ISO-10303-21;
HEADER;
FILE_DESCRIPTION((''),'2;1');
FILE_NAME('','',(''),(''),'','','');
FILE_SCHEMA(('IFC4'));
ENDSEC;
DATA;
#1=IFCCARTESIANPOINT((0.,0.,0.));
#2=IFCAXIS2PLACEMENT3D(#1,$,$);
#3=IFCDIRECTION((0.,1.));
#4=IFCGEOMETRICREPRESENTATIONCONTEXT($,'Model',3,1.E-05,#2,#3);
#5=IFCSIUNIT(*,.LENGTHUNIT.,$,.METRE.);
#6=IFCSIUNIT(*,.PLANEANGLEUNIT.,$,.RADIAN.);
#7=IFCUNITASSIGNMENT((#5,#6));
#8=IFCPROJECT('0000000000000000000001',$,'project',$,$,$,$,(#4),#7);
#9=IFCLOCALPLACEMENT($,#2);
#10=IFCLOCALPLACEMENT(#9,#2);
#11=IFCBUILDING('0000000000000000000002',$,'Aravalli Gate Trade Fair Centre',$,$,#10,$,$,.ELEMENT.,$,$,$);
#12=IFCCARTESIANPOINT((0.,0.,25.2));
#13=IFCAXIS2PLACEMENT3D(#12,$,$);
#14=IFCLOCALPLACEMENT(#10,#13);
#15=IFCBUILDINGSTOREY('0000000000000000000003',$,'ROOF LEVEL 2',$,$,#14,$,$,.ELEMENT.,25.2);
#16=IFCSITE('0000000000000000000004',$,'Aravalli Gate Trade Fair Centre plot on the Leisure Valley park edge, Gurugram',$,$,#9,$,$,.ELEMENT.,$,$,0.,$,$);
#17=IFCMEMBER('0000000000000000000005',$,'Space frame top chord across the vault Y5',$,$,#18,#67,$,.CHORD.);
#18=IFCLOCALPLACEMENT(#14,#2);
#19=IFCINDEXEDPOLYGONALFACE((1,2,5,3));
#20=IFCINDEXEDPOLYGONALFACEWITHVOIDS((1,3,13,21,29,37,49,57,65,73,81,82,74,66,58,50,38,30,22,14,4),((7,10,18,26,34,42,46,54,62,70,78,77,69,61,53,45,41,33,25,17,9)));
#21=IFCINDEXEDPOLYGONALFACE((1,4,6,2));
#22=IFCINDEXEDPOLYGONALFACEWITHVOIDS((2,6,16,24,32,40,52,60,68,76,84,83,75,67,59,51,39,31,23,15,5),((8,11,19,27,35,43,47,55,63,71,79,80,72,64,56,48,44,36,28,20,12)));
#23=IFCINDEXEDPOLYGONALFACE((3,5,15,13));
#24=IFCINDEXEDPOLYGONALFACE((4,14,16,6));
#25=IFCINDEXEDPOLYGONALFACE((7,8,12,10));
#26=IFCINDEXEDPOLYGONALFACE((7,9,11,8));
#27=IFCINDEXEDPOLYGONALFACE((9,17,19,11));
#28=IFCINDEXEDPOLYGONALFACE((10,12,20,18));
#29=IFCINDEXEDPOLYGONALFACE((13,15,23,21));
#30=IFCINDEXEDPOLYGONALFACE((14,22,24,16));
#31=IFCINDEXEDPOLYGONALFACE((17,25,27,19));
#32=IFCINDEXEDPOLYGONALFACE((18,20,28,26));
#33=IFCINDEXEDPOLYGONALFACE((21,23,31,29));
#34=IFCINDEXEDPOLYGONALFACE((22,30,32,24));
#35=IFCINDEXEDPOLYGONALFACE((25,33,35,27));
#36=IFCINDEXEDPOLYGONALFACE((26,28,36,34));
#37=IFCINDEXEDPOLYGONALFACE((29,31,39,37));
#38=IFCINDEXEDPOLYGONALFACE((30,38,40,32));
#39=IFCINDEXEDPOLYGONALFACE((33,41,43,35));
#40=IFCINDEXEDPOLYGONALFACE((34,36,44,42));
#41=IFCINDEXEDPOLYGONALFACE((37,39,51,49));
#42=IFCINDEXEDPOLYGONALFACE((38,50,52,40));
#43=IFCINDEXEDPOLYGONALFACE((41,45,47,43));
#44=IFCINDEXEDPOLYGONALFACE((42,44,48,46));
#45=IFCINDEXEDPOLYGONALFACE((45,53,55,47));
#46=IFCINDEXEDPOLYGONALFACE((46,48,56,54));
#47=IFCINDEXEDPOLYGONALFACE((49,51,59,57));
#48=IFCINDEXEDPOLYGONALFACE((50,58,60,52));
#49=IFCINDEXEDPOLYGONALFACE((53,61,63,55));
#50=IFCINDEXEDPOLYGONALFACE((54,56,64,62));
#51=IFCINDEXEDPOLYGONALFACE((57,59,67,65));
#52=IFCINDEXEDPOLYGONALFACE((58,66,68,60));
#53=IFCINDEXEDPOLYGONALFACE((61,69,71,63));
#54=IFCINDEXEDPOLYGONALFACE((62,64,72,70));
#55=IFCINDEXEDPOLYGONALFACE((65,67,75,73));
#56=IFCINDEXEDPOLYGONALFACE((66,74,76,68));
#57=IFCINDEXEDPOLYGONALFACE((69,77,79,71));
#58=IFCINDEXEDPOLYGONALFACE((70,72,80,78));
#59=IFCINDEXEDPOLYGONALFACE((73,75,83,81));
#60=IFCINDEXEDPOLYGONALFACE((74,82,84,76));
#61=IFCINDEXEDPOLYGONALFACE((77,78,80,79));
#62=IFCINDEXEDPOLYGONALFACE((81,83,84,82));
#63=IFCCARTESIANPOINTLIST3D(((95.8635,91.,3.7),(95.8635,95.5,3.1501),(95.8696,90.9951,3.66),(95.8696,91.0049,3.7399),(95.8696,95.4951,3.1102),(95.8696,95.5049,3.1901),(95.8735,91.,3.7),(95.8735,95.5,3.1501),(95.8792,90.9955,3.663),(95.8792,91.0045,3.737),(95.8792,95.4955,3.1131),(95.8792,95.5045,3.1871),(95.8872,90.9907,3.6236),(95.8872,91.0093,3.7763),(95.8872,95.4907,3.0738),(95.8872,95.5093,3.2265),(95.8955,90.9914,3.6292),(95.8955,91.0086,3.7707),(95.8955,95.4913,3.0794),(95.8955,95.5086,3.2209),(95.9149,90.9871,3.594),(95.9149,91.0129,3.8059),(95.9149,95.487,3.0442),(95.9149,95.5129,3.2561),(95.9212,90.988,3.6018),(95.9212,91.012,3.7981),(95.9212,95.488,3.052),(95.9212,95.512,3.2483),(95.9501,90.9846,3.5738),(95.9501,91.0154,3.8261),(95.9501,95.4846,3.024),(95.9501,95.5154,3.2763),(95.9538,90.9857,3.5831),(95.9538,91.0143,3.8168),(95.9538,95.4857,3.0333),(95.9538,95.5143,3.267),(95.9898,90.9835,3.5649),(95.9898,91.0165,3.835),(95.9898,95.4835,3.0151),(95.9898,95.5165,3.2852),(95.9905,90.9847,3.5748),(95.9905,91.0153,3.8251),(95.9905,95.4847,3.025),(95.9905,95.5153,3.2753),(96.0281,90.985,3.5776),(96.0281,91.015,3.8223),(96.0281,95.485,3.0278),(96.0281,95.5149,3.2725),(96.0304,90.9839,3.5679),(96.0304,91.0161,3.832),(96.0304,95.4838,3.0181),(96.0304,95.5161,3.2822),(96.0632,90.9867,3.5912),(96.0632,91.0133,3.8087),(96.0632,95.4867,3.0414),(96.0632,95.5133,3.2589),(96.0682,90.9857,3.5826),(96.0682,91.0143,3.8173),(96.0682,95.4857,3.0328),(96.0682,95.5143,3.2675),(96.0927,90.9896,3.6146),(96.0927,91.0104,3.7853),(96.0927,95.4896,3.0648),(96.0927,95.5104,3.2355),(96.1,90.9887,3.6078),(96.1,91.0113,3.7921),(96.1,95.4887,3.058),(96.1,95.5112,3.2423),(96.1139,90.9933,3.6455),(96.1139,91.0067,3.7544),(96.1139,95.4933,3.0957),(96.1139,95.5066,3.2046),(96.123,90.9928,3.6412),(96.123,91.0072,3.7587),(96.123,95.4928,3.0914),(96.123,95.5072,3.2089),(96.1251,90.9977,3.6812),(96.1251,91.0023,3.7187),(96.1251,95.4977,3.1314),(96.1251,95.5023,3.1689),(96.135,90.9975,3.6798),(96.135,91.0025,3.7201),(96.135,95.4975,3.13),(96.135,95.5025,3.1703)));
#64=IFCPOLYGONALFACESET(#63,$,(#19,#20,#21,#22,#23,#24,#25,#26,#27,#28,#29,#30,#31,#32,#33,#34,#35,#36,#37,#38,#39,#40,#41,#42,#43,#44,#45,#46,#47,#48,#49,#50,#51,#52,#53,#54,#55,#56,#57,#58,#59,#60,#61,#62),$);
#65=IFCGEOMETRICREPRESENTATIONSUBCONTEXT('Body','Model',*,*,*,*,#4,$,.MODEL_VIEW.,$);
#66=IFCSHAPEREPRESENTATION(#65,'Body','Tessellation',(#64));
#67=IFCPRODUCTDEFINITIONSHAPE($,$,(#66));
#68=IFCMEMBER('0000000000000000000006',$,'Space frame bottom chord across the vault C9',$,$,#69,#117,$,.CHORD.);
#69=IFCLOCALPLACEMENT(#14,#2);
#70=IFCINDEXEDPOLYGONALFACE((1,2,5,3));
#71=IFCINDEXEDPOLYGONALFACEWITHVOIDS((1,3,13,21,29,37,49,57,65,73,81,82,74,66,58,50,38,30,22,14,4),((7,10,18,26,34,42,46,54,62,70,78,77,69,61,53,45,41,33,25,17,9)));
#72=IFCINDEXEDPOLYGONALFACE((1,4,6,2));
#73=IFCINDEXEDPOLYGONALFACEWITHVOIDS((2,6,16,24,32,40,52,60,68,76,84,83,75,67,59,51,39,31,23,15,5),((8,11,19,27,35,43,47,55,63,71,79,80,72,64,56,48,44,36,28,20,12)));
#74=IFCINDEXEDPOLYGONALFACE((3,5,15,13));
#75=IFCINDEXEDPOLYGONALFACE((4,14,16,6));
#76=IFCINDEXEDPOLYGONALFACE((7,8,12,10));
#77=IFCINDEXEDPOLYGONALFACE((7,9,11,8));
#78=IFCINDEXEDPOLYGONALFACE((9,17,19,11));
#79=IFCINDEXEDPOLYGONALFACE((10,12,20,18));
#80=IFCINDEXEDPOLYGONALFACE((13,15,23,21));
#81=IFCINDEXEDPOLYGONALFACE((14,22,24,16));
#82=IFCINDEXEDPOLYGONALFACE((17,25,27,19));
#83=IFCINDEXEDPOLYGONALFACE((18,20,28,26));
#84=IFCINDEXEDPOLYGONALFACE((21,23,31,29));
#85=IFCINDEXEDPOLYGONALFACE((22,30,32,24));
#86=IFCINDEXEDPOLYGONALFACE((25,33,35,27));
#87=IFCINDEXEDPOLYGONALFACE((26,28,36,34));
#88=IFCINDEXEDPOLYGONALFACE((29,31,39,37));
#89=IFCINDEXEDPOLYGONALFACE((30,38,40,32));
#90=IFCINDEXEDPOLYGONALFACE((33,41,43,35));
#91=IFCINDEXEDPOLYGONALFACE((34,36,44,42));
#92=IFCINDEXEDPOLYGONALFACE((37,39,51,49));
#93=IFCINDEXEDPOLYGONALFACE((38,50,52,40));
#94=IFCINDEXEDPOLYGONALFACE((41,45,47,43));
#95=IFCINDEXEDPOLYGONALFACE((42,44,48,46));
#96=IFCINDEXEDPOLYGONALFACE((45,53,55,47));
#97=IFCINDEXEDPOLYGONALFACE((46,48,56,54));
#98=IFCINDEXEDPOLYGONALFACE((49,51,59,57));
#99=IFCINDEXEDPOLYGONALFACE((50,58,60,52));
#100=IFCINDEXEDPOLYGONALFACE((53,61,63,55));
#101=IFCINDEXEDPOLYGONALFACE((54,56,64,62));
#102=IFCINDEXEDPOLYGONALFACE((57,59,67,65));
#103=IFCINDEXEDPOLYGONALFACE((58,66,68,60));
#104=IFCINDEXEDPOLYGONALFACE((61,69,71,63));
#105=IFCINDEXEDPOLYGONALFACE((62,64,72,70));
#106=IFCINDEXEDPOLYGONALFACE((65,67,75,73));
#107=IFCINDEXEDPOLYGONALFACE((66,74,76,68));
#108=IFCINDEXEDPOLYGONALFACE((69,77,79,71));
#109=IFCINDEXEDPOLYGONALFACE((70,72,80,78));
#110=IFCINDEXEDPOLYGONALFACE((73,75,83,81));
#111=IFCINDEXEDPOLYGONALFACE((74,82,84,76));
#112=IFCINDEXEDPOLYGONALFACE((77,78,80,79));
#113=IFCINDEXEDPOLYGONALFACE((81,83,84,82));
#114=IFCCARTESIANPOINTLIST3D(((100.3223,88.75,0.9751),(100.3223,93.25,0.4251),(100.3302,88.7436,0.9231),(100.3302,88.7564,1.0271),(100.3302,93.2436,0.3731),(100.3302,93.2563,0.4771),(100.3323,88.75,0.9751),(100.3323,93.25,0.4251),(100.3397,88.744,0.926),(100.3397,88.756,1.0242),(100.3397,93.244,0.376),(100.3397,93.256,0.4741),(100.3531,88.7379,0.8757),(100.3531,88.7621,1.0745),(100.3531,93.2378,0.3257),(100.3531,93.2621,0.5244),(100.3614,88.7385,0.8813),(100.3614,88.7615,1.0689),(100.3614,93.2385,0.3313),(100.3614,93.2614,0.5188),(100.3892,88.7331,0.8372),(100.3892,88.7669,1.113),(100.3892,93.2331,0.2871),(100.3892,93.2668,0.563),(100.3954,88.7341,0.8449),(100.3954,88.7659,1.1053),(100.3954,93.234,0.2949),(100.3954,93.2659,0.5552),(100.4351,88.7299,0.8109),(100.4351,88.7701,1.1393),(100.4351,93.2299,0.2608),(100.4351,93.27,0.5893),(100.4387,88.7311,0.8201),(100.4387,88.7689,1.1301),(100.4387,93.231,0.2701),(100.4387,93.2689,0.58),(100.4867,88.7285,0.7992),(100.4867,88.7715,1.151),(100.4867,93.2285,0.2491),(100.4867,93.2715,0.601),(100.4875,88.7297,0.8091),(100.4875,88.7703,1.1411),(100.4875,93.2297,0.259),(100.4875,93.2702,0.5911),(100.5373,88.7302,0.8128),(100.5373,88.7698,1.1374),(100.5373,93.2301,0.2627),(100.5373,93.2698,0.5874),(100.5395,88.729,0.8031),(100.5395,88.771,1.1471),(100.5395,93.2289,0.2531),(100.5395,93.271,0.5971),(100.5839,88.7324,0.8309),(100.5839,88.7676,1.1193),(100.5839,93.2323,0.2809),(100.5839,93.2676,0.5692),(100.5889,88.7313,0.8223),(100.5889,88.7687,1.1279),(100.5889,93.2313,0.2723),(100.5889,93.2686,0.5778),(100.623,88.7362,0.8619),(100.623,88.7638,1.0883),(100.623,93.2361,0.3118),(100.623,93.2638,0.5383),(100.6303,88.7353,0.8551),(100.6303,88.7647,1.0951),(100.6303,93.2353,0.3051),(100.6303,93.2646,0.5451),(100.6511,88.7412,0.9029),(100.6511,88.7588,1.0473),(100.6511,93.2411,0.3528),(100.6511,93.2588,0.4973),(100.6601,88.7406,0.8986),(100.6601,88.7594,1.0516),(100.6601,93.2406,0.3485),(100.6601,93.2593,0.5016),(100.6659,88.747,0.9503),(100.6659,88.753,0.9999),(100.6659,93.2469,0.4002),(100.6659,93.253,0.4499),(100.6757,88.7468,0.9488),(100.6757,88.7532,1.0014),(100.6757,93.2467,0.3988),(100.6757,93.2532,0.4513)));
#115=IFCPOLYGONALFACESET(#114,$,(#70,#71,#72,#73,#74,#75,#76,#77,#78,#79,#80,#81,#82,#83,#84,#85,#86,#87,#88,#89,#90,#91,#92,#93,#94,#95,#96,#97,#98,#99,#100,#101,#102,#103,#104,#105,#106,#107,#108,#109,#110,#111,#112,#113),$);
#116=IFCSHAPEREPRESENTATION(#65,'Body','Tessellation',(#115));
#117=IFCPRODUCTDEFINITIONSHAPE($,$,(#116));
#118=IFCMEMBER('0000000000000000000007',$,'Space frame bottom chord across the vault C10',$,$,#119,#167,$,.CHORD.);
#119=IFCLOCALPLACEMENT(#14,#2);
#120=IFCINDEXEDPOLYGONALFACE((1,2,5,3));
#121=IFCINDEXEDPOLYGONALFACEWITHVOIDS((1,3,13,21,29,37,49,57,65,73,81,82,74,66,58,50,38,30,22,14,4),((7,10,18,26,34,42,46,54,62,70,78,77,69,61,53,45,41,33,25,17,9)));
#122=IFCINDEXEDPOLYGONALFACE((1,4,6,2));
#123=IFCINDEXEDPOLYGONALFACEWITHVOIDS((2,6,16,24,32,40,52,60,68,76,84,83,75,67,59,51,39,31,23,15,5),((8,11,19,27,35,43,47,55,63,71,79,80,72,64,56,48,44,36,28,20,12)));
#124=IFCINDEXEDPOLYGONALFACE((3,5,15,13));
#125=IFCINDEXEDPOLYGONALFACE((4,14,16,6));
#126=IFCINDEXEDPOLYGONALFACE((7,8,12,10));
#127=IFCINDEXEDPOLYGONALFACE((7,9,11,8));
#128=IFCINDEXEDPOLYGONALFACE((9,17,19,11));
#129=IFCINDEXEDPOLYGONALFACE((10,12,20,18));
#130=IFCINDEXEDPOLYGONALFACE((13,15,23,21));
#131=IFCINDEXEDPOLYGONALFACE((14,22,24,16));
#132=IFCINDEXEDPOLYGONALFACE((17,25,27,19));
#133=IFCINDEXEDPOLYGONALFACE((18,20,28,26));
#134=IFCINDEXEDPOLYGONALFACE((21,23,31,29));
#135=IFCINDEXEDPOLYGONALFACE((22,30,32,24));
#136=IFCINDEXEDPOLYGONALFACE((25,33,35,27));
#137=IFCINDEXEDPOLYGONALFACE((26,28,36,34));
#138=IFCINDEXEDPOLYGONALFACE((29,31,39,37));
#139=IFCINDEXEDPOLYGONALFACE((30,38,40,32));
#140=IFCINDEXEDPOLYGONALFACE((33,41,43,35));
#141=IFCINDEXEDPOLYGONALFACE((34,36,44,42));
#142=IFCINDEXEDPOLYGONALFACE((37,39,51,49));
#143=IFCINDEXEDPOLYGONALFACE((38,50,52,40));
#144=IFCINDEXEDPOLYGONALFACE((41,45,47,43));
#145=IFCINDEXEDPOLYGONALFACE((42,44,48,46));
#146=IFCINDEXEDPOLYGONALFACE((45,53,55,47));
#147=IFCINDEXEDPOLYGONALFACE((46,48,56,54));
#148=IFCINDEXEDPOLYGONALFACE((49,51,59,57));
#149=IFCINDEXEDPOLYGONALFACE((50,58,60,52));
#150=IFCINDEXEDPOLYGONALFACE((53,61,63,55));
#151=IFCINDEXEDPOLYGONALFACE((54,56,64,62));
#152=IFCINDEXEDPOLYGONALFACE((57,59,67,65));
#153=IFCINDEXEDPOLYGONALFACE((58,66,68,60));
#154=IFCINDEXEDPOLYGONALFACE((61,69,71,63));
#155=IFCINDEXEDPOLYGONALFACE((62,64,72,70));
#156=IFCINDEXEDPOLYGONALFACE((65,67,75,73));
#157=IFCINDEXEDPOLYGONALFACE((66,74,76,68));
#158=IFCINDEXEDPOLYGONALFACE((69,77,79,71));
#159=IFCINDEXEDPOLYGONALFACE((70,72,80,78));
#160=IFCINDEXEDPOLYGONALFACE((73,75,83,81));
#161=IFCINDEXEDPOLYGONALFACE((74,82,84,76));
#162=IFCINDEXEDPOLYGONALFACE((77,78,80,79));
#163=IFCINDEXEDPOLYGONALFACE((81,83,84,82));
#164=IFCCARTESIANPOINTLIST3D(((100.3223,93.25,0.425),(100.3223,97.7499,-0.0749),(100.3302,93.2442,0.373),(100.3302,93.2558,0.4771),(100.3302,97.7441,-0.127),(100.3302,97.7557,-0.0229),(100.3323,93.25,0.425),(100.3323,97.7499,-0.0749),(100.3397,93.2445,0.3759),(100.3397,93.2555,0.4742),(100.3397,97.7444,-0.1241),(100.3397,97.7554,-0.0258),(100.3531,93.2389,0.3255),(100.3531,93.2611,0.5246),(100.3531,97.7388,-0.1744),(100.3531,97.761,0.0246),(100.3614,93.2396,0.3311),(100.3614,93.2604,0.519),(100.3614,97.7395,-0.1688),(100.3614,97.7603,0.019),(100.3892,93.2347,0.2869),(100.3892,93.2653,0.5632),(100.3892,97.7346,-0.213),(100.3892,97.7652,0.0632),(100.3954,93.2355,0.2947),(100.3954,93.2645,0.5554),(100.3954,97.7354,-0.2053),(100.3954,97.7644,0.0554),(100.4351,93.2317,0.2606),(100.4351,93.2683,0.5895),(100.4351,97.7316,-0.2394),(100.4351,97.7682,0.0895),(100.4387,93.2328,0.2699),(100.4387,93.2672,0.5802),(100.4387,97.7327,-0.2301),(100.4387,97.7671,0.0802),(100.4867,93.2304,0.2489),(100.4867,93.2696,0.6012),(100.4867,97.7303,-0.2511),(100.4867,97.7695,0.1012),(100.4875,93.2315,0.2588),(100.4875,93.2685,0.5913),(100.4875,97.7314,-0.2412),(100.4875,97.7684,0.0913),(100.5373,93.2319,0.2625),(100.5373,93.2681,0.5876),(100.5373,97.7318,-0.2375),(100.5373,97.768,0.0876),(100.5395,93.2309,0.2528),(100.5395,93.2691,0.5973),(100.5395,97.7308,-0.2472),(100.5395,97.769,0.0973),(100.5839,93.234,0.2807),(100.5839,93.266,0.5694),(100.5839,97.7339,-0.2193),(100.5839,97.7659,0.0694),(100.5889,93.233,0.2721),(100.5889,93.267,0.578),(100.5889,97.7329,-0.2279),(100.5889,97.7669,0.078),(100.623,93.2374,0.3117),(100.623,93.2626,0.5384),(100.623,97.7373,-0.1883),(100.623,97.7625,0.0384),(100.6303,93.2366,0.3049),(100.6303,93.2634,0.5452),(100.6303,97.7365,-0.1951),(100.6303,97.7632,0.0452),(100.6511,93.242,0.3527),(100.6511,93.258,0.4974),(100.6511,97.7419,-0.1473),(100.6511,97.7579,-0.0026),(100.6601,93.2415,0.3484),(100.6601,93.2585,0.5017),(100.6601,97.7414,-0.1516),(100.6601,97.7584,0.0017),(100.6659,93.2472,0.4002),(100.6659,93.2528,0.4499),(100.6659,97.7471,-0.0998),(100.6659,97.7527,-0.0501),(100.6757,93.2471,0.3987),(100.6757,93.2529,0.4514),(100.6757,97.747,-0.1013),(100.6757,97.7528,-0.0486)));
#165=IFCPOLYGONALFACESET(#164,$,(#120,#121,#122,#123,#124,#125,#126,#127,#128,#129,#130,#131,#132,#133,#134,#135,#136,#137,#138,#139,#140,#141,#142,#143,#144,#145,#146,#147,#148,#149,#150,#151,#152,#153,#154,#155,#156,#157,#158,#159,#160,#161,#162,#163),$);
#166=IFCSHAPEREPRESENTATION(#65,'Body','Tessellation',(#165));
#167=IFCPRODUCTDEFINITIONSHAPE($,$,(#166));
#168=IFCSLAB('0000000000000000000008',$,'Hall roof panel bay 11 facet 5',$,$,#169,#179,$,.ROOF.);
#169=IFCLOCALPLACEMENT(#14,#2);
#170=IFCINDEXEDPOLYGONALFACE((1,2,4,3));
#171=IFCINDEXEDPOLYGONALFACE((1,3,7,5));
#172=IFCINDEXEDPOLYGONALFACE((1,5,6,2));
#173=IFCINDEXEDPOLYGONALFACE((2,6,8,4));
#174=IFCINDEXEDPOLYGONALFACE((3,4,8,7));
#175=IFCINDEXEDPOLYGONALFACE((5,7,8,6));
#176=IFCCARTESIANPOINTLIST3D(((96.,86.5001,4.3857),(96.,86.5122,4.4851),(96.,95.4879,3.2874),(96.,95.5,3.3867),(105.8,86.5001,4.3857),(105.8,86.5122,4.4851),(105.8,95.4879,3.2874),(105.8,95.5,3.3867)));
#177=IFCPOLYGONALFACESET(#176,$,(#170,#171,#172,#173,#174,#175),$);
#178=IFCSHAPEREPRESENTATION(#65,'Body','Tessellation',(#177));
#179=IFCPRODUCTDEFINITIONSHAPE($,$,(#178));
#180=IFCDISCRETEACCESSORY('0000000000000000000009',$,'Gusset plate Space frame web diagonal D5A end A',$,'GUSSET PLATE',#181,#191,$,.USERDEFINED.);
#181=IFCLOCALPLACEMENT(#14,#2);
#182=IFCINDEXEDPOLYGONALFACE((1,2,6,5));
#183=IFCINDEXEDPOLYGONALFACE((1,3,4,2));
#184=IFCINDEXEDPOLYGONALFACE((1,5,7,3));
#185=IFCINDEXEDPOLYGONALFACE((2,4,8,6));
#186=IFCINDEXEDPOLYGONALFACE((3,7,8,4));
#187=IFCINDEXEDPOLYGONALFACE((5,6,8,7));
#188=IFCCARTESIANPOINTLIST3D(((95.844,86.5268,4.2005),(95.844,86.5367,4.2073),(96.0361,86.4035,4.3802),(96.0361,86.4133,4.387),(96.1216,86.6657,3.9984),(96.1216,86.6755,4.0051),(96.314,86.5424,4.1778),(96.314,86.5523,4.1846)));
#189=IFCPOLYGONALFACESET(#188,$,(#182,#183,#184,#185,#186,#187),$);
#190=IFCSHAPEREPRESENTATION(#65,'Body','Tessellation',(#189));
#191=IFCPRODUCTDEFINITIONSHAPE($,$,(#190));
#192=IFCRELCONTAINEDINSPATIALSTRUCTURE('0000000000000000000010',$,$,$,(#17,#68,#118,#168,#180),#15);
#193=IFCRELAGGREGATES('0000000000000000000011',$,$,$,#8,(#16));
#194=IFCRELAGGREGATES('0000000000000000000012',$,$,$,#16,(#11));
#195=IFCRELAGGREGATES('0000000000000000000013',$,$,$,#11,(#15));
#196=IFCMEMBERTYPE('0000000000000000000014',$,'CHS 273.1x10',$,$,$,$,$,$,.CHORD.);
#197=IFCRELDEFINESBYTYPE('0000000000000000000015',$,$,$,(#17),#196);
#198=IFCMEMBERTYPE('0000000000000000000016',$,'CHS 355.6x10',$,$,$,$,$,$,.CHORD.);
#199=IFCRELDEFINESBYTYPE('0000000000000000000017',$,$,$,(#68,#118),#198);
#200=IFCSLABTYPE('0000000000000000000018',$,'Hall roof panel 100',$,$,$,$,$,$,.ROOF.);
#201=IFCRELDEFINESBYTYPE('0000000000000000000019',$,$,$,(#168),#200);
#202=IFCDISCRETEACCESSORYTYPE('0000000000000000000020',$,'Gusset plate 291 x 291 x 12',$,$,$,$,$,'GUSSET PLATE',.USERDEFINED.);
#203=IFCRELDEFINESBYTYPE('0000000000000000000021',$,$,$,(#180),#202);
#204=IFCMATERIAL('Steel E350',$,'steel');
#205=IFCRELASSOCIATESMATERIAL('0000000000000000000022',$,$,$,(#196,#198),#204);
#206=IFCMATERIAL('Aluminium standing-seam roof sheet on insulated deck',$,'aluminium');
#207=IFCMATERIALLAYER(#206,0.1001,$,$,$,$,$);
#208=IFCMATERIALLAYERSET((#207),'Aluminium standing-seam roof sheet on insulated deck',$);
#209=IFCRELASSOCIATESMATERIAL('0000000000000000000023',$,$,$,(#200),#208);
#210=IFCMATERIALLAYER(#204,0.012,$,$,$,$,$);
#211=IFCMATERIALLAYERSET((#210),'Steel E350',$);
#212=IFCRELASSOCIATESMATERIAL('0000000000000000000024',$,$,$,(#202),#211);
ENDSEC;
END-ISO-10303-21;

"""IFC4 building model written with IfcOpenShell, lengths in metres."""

from ifc_helpers import new_model, si_unit, direction, frame, origin, origin_2d, place, context, subcontext, project, spatial, polyline, hollow_circle, outline, extrude, material, layer, layer_set, material_profile, profile_set, type_object, element, save


model = new_model("IFC4")

# Units and contexts
model_context = context("Model", 3, precision=1e-05, world=origin(), true_north=direction((0.0, 1.0)))
body_context = subcontext(model_context, "Body", "Model", "MODEL_VIEW")
ifc_project = project(units=[si_unit("LENGTHUNIT", "METRE"), si_unit("PLANEANGLEUNIT", "RADIAN")], contexts=[model_context])

# Site, building, storey
site_placement = place(None, origin())
site = spatial("IfcSite", under=ifc_project, at=site_placement, Name="Aravalli Gate Trade Fair Centre plot on the Leisure Valley park edge, Gurugram", CompositionType="ELEMENT", RefElevation=0.0)
building_placement = place(site_placement, origin())
building = spatial("IfcBuilding", under=site, at=building_placement, Name="Aravalli Gate Trade Fair Centre", CompositionType="ELEMENT")
storey_placement = place(building_placement, frame((0.0, 0.0, 25.2)))
storey = spatial("IfcBuildingStorey", under=building, at=storey_placement, Name="ROOF LEVEL 2", CompositionType="ELEMENT", Elevation=25.2)

# Members
ifc_material_1 = material(Name="Steel E350", Category="steel")
ifc_material_profile_1 = material_profile(ifc_material_1, hollow_circle(Radius=0.1365, WallThickness=0.01, at=origin_2d()), Name="CHS 273.1x10")
ifc_profile_set_1 = profile_set([ifc_material_profile_1], Name="Steel E350")
member_type_1 = type_object("IfcMemberType", Name="CHS 273.1x10", PredefinedType="CHORD", material=ifc_profile_set_1)
member_1_placement = place(storey_placement, frame((96.0, 91.0, 3.7), z_axis=(0.0, 0.992619, -0.121277), x_axis=(-1.0, 0.0, 0.0)))
element("IfcMember", 1, at=member_1_placement, inside=storey, type_object=member_type_1, Name="Space frame top chord across the vault Y5", PredefinedType="CHORD", context=body_context, shape_type="SweptSolid", body=[
    extrude(hollow_circle(Radius=0.1365, WallThickness=0.01, at=origin_2d()), origin(), (0.0, 0.0, 1.0), 4.5334),
])
ifc_material_profile_2 = material_profile(ifc_material_1, hollow_circle(Radius=0.1777, WallThickness=0.01, at=origin_2d()), Name="CHS 355.6x10")
ifc_profile_set_2 = profile_set([ifc_material_profile_2], Name="Steel E350")
member_type_2 = type_object("IfcMemberType", Name="CHS 355.6x10", PredefinedType="CHORD", material=ifc_profile_set_2)
member_2_placement = place(storey_placement, frame((100.5, 88.75, 0.9751), z_axis=(0.0, 0.992612, -0.12133), x_axis=(-1.0, 0.0, 0.0)))
element("IfcMember", 2, at=member_2_placement, inside=storey, type_object=member_type_2, Name="Space frame bottom chord across the vault C9", PredefinedType="CHORD", context=body_context, shape_type="SweptSolid", body=[
    extrude(hollow_circle(Radius=0.1777, WallThickness=0.01, at=origin_2d()), origin(), (0.0, 0.0, 1.0), 4.5334),
])
member_3_placement = place(storey_placement, frame((100.5, 93.25, 0.425), z_axis=(0.0, 0.993884, -0.110432), x_axis=(-1.0, 0.0, 0.0)))
element("IfcMember", 3, at=member_3_placement, inside=storey, type_object=member_type_2, Name="Space frame bottom chord across the vault C10", PredefinedType="CHORD", context=body_context, shape_type="SweptSolid", body=[
    extrude(hollow_circle(Radius=0.1777, WallThickness=0.01, at=origin_2d()), origin(), (0.0, 0.0, 1.0), 4.5276),
])

# Slab
ifc_material_2 = material(Name="Aluminium standing-seam roof sheet on insulated deck", Category="aluminium")
ifc_layer_1 = layer(ifc_material_2, 0.1001)
ifc_layer_set_1 = layer_set([ifc_layer_1], Name="Aluminium standing-seam roof sheet on insulated deck")
slab_type = type_object("IfcSlabType", Name="Hall roof panel 100", PredefinedType="ROOF", material=ifc_layer_set_1)
slab_placement = place(storey_placement, frame((96.0, 86.5122, 4.4851), z_axis=(0.0, 0.121306, 0.992615), x_axis=(1.0, 0.0, 0.0)))
element("IfcSlab", 4, at=slab_placement, inside=storey, type_object=slab_type, Name="Hall roof panel bay 11 facet 5", PredefinedType="ROOF", context=body_context, shape_type="SweptSolid", body=[
    extrude(outline(polyline([(0.0, 0.0), (9.8, 0.0), (9.8, 9.0547), (0.0, 9.0547), (0.0, 0.0)])), origin(), (0.0, 0.0, -1.0), 0.1001),
])

# Discrete accessory
ifc_layer_2 = layer(ifc_material_1, 0.012)
ifc_layer_set_2 = layer_set([ifc_layer_2], Name="Steel E350")
discrete_accessory_type = type_object("IfcDiscreteAccessoryType", Name="Gusset plate 291 x 291 x 12", ElementType="GUSSET PLATE", PredefinedType="USERDEFINED", material=ifc_layer_set_2)
discrete_accessory_1_placement = place(storey_placement, frame((96.1216, 86.6755, 4.0051), z_axis=(-0.000059, 0.824356, 0.566072), x_axis=(-0.749371, -0.374861, 0.545822)))
element("IfcDiscreteAccessory", 5, at=discrete_accessory_1_placement, inside=storey, type_object=discrete_accessory_type, Name="Gusset plate Space frame web diagonal D5A end A", ObjectType="GUSSET PLATE", PredefinedType="USERDEFINED", context=body_context, shape_type="SweptSolid", body=[
    extrude(outline(polyline([(0.0, 0.0), (0.3704, 0.0), (0.3707, 0.2905), (0.0, 0.2905), (0.0, 0.0)])), origin(), (0.0, 0.0, -1.0), 0.012),
])

save(model, "model.ifc")
